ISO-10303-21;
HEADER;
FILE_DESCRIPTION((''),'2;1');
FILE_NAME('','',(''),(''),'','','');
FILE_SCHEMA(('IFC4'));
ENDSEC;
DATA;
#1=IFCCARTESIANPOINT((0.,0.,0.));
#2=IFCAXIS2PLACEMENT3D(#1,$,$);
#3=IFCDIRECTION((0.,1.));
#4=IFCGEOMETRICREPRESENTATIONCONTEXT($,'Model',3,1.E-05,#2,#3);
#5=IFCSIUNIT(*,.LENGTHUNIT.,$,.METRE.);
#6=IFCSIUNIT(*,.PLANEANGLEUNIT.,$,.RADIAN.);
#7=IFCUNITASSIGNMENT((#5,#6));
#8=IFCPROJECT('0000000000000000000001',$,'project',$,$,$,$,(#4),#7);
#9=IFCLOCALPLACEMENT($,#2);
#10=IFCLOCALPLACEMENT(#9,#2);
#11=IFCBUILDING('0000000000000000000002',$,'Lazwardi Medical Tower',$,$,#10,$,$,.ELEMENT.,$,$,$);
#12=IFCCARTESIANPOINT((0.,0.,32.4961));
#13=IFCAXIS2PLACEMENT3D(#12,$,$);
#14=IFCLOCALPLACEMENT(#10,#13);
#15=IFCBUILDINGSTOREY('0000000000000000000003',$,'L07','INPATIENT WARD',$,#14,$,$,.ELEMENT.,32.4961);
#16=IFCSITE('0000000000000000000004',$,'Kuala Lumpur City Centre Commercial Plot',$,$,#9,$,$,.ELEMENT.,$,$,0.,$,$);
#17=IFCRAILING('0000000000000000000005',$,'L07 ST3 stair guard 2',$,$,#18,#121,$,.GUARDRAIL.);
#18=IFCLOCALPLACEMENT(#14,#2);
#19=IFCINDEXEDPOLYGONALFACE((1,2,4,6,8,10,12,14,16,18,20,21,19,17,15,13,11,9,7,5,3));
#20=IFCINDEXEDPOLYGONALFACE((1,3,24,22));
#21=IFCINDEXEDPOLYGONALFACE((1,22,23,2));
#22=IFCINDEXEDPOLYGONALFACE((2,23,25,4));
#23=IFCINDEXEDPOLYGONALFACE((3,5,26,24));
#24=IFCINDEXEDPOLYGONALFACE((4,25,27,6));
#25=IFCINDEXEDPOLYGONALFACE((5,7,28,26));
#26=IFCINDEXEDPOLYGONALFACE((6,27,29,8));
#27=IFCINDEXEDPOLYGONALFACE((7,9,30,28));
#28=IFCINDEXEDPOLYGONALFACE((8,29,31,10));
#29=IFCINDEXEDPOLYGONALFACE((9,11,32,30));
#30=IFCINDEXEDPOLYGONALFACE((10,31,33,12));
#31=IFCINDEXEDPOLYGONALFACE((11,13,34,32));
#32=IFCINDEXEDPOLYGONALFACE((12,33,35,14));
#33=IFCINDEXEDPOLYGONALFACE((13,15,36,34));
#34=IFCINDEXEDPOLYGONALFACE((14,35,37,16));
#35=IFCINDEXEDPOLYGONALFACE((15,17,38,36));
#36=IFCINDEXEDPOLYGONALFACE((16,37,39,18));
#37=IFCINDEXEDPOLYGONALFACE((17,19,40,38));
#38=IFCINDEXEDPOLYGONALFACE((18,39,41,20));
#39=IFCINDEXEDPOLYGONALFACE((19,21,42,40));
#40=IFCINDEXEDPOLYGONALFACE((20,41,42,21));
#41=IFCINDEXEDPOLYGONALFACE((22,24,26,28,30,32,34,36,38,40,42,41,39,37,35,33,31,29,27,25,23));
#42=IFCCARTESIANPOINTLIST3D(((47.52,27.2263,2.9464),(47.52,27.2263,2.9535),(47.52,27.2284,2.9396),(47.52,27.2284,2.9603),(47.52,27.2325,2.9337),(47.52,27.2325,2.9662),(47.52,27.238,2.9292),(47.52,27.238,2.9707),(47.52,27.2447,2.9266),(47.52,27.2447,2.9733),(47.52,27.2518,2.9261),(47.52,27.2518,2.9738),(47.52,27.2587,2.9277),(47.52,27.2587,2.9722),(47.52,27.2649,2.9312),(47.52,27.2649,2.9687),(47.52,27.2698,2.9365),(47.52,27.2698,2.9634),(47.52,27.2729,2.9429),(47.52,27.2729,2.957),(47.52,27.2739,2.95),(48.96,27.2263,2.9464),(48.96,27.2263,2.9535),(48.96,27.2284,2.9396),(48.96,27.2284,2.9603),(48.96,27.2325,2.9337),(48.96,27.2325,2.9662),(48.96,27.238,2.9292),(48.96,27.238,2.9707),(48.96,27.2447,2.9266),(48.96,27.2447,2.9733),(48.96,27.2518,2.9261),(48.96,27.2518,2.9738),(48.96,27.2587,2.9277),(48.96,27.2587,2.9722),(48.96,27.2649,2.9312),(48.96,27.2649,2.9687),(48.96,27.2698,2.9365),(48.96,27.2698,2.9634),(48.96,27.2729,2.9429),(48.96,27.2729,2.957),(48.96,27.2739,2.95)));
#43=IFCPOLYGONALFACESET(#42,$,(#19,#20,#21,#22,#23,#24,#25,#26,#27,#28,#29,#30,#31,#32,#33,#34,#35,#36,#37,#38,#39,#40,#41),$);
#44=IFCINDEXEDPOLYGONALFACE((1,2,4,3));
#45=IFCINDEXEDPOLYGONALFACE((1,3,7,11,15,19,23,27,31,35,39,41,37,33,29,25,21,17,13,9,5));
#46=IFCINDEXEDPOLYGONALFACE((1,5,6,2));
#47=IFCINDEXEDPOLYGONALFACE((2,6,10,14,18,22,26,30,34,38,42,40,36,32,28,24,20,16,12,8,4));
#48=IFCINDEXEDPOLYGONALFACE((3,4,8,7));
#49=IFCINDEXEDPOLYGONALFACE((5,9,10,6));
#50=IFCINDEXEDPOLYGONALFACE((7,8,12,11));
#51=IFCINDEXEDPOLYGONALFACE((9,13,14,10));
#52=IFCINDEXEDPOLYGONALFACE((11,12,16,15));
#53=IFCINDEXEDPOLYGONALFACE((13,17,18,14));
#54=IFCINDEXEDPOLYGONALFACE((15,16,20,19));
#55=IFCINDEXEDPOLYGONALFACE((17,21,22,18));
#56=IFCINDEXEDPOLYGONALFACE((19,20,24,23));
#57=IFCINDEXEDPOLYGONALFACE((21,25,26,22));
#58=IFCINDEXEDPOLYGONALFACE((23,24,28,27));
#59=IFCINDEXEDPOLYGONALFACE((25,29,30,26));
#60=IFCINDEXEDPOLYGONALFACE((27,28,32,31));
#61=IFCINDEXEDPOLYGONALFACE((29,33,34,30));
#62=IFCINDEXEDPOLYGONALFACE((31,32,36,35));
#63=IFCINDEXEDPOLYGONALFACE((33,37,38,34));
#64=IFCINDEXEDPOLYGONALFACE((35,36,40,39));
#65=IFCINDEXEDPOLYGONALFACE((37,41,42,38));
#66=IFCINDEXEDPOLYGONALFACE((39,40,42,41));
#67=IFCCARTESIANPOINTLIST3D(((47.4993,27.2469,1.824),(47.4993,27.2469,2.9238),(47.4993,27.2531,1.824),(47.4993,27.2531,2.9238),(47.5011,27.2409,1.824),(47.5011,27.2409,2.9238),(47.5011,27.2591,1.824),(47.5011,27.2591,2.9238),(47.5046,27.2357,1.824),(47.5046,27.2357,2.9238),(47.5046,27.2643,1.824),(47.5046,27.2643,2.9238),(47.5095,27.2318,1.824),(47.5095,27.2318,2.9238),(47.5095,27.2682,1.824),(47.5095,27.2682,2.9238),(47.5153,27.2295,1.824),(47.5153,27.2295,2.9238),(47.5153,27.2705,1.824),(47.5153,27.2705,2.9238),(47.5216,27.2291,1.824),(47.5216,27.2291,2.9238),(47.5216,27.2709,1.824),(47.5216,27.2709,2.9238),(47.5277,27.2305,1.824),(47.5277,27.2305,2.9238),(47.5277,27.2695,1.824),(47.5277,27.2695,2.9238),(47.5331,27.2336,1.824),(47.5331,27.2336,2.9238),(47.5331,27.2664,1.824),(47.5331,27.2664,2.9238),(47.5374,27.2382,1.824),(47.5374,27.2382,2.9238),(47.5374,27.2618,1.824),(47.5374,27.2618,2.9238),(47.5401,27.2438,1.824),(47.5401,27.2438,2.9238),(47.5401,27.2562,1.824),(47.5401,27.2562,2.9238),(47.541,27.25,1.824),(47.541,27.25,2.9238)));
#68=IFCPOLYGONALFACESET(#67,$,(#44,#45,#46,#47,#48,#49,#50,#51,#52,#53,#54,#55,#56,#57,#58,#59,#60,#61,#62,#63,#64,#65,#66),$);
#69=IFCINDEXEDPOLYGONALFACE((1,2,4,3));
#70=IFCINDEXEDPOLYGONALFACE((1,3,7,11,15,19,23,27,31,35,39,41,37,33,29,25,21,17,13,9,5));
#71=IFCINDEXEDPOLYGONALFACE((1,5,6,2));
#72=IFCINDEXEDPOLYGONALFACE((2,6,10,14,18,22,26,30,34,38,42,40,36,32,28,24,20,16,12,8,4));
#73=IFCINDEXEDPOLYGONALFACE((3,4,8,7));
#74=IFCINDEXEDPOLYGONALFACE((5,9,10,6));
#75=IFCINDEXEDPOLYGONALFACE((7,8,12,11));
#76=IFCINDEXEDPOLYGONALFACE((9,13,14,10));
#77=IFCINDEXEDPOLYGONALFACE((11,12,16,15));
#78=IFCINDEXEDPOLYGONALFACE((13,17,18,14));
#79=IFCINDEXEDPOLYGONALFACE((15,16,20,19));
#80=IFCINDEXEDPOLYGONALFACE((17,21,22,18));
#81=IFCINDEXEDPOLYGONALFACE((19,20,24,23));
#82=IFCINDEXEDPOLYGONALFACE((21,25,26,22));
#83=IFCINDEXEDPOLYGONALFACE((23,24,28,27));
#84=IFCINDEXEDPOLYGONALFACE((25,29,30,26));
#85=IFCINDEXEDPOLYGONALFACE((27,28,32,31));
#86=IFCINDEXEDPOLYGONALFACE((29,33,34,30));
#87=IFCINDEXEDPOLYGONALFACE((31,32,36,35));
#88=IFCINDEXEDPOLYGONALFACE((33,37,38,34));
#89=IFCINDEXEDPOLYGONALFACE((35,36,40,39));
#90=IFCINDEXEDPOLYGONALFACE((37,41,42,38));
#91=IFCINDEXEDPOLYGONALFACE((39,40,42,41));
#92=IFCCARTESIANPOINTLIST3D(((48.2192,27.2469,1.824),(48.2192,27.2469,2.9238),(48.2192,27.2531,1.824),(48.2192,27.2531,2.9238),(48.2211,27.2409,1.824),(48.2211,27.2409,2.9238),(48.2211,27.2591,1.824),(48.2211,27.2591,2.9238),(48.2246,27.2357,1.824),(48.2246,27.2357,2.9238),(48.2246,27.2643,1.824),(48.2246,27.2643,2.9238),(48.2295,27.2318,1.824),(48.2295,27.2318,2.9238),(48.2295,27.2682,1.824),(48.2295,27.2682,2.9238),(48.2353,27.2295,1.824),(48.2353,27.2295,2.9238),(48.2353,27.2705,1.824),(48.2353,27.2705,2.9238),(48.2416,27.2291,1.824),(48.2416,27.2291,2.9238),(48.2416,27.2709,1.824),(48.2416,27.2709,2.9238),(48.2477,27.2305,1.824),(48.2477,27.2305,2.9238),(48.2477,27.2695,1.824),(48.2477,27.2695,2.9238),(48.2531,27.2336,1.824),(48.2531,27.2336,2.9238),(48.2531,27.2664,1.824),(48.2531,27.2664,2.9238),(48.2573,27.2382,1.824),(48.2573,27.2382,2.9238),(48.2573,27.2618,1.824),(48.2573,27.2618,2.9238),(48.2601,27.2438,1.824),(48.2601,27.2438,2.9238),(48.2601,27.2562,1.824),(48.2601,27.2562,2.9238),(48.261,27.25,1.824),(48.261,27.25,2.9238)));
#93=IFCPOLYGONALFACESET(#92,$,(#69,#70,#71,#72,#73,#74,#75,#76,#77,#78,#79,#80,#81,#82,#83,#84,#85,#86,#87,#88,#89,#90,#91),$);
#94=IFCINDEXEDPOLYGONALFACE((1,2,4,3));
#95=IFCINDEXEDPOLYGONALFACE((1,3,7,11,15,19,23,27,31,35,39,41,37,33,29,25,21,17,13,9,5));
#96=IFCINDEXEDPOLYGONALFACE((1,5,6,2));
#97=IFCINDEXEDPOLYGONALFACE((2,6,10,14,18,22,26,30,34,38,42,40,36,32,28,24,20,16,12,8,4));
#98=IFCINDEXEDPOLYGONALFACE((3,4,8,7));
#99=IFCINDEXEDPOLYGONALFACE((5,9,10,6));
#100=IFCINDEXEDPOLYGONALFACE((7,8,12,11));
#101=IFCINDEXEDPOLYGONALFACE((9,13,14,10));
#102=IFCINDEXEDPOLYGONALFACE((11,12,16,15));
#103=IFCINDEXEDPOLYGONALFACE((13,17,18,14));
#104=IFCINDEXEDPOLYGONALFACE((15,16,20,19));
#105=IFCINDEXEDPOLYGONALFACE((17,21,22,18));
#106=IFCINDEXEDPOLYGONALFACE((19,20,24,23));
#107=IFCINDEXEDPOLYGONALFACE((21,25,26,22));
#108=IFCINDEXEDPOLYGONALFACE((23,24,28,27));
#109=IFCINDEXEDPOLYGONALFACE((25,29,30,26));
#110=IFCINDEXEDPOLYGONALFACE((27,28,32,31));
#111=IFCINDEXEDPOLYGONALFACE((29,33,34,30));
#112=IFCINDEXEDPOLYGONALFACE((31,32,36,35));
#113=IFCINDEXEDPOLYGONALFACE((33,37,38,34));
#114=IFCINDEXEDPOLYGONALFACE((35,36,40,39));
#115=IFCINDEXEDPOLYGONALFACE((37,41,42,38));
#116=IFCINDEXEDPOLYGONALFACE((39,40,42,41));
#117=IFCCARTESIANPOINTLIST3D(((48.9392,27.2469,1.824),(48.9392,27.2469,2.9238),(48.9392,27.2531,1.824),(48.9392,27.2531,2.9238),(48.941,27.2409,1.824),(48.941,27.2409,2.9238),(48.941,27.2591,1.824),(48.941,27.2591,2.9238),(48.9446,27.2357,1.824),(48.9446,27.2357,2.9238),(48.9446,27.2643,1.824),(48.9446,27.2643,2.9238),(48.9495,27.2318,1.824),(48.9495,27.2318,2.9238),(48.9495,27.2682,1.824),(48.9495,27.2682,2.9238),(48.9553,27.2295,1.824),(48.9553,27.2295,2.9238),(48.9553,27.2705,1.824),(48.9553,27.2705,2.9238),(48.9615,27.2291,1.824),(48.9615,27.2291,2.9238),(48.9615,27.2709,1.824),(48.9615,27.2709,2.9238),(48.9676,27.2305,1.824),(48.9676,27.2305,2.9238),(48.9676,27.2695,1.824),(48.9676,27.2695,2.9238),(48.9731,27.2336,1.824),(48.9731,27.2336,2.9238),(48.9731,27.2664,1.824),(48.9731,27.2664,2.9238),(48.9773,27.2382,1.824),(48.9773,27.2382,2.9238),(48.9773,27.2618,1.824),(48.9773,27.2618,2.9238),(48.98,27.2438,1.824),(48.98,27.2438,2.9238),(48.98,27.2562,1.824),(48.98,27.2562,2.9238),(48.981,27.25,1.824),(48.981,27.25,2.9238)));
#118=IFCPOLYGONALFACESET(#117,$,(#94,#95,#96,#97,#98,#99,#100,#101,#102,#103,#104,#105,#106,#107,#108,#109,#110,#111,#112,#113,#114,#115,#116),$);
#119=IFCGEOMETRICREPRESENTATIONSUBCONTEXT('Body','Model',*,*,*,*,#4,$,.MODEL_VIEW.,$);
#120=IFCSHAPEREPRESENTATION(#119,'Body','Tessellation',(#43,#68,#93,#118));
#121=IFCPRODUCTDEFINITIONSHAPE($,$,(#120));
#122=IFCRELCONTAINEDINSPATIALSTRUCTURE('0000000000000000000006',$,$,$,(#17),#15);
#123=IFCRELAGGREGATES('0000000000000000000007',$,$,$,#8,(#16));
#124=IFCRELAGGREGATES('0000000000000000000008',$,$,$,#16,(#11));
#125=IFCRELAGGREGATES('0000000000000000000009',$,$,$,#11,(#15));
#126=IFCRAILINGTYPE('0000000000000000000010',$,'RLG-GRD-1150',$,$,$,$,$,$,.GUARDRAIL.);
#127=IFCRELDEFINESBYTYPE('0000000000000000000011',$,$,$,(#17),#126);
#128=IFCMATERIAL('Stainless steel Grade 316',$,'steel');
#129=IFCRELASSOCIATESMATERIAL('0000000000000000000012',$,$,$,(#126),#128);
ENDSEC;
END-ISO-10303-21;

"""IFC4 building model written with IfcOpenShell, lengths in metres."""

from ifc_helpers import new_model, si_unit, direction, frame, origin, origin_2d, place, context, subcontext, project, spatial, circle, extrude, material, type_object, element, save


model = new_model("IFC4")

# Units and contexts
model_context = context("Model", 3, precision=1e-05, world=origin(), true_north=direction((0.0, 1.0)))
body_context = subcontext(model_context, "Body", "Model", "MODEL_VIEW")
ifc_project = project(units=[si_unit("LENGTHUNIT", "METRE"), si_unit("PLANEANGLEUNIT", "RADIAN")], contexts=[model_context])

# Site, building, storey
site_placement = place(None, origin())
site = spatial("IfcSite", under=ifc_project, at=site_placement, Name="Kuala Lumpur City Centre Commercial Plot", CompositionType="ELEMENT", RefElevation=0.0)
building_placement = place(site_placement, origin())
building = spatial("IfcBuilding", under=site, at=building_placement, Name="Lazwardi Medical Tower", CompositionType="ELEMENT")
storey_placement = place(building_placement, frame((0.0, 0.0, 32.4961)))
storey = spatial("IfcBuildingStorey", under=building, at=storey_placement, Name="L07", Description="INPATIENT WARD", CompositionType="ELEMENT", Elevation=32.4961)

# Railing
ifc_material_1 = material(Name="Stainless steel Grade 316", Category="steel")
railing_type_1 = type_object("IfcRailingType", Name="RLG-GRD-1150", PredefinedType="GUARDRAIL", material=ifc_material_1)
railing_1_placement = place(storey_placement, frame((47.52, 27.25, 1.824)))
element("IfcRailing", 1, at=railing_1_placement, inside=storey, type_object=railing_type_1, Name="L07 ST3 stair guard 2", PredefinedType="GUARDRAIL", context=body_context, shape_type="SweptSolid", body=[
    extrude(circle(Radius=0.0239, at=origin_2d()), frame((0.0, 0.0, 1.126), z_axis=(1.0, 0.0, 0.0), x_axis=(0.0, 1.0, 0.0)), (0.0, 0.0, 1.0), 1.4399),
    extrude(circle(Radius=0.021, at=origin_2d()), origin(), (0.0, 0.0, 1.0), 1.0999),
    extrude(circle(Radius=0.021, at=origin_2d()), frame((0.72, 0.0, 0.0)), (0.0, 0.0, 1.0), 1.0999),
    extrude(circle(Radius=0.021, at=origin_2d()), frame((1.4399, 0.0, 0.0)), (0.0, 0.0, 1.0), 1.0999),
])

save(model, "model.ifc")
